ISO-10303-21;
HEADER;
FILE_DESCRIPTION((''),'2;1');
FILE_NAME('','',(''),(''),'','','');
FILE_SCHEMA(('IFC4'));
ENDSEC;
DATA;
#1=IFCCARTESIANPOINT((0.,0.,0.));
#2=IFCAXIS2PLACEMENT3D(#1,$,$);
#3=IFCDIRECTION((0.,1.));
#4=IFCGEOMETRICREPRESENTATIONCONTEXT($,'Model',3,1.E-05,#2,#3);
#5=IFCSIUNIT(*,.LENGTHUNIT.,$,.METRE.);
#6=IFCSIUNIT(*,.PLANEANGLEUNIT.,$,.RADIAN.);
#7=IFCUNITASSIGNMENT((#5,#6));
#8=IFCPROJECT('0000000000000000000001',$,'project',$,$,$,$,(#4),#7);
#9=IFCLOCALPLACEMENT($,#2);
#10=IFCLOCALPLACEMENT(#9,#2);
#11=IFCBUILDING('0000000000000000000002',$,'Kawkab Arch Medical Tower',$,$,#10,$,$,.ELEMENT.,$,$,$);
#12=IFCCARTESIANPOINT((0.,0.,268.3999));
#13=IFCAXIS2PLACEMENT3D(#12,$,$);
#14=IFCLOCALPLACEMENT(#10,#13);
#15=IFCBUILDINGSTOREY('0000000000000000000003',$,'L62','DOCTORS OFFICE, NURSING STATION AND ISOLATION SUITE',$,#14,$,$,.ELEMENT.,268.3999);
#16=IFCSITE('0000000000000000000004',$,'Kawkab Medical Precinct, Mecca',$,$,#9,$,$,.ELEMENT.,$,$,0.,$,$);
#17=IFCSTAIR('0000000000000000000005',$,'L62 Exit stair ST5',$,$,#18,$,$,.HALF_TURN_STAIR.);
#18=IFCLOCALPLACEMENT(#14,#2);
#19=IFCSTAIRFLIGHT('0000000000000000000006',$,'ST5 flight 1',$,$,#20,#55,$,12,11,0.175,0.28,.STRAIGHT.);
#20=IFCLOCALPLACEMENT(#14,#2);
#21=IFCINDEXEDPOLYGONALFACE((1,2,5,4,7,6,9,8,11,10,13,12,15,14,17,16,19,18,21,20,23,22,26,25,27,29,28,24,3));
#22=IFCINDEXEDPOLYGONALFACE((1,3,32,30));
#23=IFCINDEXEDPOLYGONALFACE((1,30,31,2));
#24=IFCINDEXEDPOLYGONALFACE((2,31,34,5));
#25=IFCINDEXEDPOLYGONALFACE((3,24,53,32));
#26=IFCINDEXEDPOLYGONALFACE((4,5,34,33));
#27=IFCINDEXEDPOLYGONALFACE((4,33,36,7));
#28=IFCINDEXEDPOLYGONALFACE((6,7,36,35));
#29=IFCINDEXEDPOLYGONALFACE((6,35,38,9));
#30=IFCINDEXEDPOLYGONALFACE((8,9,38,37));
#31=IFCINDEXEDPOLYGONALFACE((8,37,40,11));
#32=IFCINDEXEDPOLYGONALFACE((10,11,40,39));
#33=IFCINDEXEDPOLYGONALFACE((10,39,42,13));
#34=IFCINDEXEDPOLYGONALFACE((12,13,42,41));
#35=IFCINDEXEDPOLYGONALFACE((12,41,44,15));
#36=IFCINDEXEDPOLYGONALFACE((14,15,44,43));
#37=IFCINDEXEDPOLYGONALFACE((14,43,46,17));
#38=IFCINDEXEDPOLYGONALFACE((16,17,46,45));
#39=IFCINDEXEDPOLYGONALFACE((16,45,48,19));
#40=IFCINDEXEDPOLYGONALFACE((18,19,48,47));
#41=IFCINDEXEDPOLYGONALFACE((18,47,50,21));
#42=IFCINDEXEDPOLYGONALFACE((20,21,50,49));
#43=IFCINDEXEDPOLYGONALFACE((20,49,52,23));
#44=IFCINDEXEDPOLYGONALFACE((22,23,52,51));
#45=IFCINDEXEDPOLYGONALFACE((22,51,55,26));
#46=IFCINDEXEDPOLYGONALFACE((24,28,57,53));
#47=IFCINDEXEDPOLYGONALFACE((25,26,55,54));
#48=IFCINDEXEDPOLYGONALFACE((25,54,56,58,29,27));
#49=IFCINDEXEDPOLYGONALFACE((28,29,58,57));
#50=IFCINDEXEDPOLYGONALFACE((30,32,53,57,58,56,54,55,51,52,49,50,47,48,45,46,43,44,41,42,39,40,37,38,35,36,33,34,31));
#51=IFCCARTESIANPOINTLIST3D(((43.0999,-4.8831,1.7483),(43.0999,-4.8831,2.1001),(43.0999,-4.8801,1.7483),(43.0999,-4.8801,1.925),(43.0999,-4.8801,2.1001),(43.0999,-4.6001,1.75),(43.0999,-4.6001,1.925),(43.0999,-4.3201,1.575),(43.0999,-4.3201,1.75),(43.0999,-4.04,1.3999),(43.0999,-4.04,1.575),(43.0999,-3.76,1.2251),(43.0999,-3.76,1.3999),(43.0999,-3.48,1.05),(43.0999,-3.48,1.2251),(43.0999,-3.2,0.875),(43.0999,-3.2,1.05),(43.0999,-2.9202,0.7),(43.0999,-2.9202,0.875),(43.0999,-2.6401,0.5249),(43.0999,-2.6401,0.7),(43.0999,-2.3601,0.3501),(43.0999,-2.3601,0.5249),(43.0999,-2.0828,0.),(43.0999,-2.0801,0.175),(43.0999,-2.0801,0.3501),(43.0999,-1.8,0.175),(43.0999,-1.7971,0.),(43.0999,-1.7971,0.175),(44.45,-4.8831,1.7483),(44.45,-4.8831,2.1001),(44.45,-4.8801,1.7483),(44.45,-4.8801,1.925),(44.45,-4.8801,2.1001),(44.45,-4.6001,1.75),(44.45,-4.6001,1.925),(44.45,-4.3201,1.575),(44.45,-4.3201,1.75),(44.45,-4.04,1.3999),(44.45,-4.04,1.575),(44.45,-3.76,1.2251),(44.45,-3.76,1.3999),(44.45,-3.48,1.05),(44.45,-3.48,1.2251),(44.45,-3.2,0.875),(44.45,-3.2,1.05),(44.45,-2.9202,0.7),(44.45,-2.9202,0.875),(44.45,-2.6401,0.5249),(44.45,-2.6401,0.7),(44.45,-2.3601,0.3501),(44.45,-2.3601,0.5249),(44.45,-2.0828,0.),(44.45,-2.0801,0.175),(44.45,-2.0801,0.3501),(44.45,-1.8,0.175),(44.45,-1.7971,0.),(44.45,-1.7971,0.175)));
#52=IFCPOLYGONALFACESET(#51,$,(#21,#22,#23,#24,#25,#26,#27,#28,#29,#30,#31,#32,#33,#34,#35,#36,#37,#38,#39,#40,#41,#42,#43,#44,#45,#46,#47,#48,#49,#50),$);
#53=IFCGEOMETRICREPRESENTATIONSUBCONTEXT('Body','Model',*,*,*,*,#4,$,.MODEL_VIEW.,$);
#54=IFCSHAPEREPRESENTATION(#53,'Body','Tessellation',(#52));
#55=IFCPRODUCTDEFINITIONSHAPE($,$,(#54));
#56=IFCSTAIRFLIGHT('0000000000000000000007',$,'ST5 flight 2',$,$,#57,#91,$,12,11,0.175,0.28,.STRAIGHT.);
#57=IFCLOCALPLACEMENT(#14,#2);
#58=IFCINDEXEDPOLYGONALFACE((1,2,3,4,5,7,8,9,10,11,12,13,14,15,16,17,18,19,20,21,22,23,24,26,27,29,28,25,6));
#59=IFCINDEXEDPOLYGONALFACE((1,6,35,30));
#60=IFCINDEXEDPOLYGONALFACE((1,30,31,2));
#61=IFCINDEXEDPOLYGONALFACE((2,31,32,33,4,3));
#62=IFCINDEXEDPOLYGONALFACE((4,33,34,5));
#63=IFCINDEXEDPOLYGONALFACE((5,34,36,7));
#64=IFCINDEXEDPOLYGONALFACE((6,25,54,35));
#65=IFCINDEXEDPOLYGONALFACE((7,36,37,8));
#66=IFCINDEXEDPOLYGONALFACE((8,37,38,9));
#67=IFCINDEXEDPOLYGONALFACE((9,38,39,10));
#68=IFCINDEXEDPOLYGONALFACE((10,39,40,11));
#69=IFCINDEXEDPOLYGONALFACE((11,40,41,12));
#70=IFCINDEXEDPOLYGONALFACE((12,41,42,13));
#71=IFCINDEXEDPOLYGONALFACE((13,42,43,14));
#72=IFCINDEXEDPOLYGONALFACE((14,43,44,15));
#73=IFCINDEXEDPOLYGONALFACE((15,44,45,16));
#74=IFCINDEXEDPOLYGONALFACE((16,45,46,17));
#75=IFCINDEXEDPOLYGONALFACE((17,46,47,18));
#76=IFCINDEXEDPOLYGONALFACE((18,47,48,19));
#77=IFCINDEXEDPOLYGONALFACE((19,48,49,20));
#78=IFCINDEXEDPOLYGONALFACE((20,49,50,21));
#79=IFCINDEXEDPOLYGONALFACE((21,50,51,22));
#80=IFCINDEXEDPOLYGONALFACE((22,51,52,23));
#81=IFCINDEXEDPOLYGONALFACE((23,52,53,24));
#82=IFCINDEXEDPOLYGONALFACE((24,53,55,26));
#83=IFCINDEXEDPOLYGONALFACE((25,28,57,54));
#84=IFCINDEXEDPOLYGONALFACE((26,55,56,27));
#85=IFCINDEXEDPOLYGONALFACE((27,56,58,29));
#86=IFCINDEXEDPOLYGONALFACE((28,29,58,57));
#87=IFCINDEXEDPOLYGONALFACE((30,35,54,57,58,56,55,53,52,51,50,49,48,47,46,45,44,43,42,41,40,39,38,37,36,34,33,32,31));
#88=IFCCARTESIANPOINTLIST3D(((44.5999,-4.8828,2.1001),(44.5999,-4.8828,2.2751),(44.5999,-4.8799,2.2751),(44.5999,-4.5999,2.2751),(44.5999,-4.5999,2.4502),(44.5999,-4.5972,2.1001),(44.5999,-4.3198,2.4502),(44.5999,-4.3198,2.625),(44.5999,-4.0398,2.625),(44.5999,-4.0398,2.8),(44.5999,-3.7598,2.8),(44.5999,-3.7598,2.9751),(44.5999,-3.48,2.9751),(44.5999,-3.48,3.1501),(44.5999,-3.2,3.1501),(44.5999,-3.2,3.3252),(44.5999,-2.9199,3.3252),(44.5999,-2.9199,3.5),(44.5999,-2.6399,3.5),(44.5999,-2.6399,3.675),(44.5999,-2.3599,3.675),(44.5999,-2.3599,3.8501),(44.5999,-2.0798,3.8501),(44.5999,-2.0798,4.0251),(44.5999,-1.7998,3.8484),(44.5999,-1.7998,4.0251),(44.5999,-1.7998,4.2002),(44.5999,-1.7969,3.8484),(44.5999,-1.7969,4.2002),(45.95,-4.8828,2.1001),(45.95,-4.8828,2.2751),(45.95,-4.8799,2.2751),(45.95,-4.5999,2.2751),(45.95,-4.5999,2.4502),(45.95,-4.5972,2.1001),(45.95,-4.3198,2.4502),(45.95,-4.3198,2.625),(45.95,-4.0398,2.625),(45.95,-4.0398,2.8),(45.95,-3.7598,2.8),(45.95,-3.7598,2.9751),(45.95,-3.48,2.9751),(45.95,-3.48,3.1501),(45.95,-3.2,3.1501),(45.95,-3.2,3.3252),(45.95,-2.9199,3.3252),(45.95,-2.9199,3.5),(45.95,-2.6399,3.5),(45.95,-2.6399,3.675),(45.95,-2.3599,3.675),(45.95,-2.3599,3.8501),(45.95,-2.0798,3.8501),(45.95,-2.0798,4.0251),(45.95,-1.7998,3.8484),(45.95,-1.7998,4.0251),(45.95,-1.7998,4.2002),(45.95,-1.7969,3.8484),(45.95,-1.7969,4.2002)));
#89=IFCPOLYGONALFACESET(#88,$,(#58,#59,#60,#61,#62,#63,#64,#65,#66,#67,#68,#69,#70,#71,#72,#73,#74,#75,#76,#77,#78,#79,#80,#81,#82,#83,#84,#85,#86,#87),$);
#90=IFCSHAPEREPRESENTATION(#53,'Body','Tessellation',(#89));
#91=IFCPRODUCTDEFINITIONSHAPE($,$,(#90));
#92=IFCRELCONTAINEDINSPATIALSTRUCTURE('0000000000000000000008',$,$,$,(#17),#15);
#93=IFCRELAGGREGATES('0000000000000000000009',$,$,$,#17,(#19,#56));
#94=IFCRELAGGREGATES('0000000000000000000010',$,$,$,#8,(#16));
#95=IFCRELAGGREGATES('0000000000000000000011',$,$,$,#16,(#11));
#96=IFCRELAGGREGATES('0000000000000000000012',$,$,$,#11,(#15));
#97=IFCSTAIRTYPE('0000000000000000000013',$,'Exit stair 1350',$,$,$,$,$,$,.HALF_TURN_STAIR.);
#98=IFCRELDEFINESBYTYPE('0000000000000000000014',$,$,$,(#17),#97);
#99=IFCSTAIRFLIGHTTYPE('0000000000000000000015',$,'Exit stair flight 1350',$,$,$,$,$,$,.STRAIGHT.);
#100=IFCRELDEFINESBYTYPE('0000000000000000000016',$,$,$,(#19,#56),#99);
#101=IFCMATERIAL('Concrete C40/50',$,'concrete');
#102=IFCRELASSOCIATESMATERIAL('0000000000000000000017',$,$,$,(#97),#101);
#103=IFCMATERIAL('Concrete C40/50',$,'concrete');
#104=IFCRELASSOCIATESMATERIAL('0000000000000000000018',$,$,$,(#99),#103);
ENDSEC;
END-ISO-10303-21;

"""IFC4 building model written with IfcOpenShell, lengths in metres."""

from ifc_helpers import new_model, si_unit, direction, frame, origin, place, context, subcontext, project, spatial, polyline, outline, extrude, material, type_object, element, aggregate, save


model = new_model("IFC4")

# Units and contexts
model_context = context("Model", 3, precision=1e-05, world=origin(), true_north=direction((0.0, 1.0)))
body_context = subcontext(model_context, "Body", "Model", "MODEL_VIEW")
ifc_project = project(units=[si_unit("LENGTHUNIT", "METRE"), si_unit("PLANEANGLEUNIT", "RADIAN")], contexts=[model_context])

# Site, building, storey
site_placement = place(None, origin())
site = spatial("IfcSite", under=ifc_project, at=site_placement, Name="Kawkab Medical Precinct, Mecca", CompositionType="ELEMENT", RefElevation=0.0)
building_placement = place(site_placement, origin())
building = spatial("IfcBuilding", under=site, at=building_placement, Name="Kawkab Arch Medical Tower", CompositionType="ELEMENT")
storey_placement = place(building_placement, frame((0.0, 0.0, 268.3999)))
storey = spatial("IfcBuildingStorey", under=building, at=storey_placement, Name="L62", Description="DOCTORS OFFICE, NURSING STATION AND ISOLATION SUITE", CompositionType="ELEMENT", Elevation=268.3999)

# Shared definitions
placement = place(storey_placement, origin())

# Stair, stair flights
ifc_material_1 = material(Name="Concrete C40/50", Category="concrete")
stair_type = type_object("IfcStairType", Name="Exit stair 1350", PredefinedType="HALF_TURN_STAIR", material=ifc_material_1)
stair = element("IfcStair", 1, at=placement, inside=storey, type_object=stair_type, Name="L62 Exit stair ST5", PredefinedType="HALF_TURN_STAIR")
ifc_material_2 = material(Name="Concrete C40/50", Category="concrete")
stair_flight_type = type_object("IfcStairFlightType", Name="Exit stair flight 1350", PredefinedType="STRAIGHT", material=ifc_material_2)
stair_flight_1_placement = place(storey_placement, frame((43.7749, -1.8, 0.0), z_axis=(0.0, 0.0, 1.0), x_axis=(0.0, -1.0, 0.0)))
stair_flight_1 = element("IfcStairFlight", 2, at=stair_flight_1_placement, type_object=stair_flight_type, Name="ST5 flight 1", NumberOfRisers=12, NumberOfTreads=11, PredefinedType="STRAIGHT", RiserHeight=0.175, TreadLength=0.28, context=body_context, shape_type="SweptSolid", body=[
    extrude(outline(polyline([(-0.0029, 0.0), (-0.0029, 0.175), (0.0, 0.175), (0.28, 0.175), (0.28, 0.3501), (0.5601, 0.3501), (0.5601, 0.5249), (0.8401, 0.5249), (0.8401, 0.7), (1.1201, 0.7), (1.1201, 0.875), (1.3999, 0.875), (1.3999, 1.05), (1.6799, 1.05), (1.6799, 1.2251), (1.96, 1.2251), (1.96, 1.3999), (2.24, 1.3999), (2.24, 1.575), (2.52, 1.575), (2.52, 1.75), (2.8, 1.75), (2.8, 1.925), (3.0801, 1.925), (3.0801, 2.1001), (3.083, 2.1001), (3.083, 1.7483), (3.0801, 1.7483), (0.2827, 0.0), (-0.0029, 0.0)])), frame((0.0, 0.675, 0.0), z_axis=(0.0, -1.0, 0.0), x_axis=(1.0, 0.0, 0.0)), (0.0, 0.0, 1.0), 1.3501),
])
stair_flight_2_placement = place(storey_placement, frame((45.2749, -4.8799, 2.1001), z_axis=(0.0, 0.0, 1.0), x_axis=(0.0, 1.0, 0.0)))
stair_flight_2 = element("IfcStairFlight", 3, at=stair_flight_2_placement, type_object=stair_flight_type, Name="ST5 flight 2", NumberOfRisers=12, NumberOfTreads=11, PredefinedType="STRAIGHT", RiserHeight=0.175, TreadLength=0.28, context=body_context, shape_type="SweptSolid", body=[
    extrude(outline(polyline([(-0.0029, 0.0), (-0.0029, 0.175), (0.0, 0.175), (0.28, 0.175), (0.28, 0.3501), (0.5601, 0.3501), (0.5601, 0.5249), (0.8401, 0.5249), (0.8401, 0.7), (1.1201, 0.7), (1.1201, 0.875), (1.3999, 0.875), (1.3999, 1.05), (1.6799, 1.05), (1.6799, 1.2251), (1.96, 1.2251), (1.96, 1.3999), (2.24, 1.3999), (2.24, 1.575), (2.52, 1.575), (2.52, 1.75), (2.8, 1.75), (2.8, 1.925), (3.0801, 1.925), (3.0801, 2.1001), (3.083, 2.1001), (3.083, 1.7483), (3.0801, 1.7483), (0.2827, 0.0), (-0.0029, 0.0)])), frame((0.0, 0.675, 0.0), z_axis=(0.0, -1.0, 0.0), x_axis=(1.0, 0.0, 0.0)), (0.0, 0.0, 1.0), 1.3501),
])
aggregate(stair, [stair_flight_1, stair_flight_2])

save(model, "model.ifc")
